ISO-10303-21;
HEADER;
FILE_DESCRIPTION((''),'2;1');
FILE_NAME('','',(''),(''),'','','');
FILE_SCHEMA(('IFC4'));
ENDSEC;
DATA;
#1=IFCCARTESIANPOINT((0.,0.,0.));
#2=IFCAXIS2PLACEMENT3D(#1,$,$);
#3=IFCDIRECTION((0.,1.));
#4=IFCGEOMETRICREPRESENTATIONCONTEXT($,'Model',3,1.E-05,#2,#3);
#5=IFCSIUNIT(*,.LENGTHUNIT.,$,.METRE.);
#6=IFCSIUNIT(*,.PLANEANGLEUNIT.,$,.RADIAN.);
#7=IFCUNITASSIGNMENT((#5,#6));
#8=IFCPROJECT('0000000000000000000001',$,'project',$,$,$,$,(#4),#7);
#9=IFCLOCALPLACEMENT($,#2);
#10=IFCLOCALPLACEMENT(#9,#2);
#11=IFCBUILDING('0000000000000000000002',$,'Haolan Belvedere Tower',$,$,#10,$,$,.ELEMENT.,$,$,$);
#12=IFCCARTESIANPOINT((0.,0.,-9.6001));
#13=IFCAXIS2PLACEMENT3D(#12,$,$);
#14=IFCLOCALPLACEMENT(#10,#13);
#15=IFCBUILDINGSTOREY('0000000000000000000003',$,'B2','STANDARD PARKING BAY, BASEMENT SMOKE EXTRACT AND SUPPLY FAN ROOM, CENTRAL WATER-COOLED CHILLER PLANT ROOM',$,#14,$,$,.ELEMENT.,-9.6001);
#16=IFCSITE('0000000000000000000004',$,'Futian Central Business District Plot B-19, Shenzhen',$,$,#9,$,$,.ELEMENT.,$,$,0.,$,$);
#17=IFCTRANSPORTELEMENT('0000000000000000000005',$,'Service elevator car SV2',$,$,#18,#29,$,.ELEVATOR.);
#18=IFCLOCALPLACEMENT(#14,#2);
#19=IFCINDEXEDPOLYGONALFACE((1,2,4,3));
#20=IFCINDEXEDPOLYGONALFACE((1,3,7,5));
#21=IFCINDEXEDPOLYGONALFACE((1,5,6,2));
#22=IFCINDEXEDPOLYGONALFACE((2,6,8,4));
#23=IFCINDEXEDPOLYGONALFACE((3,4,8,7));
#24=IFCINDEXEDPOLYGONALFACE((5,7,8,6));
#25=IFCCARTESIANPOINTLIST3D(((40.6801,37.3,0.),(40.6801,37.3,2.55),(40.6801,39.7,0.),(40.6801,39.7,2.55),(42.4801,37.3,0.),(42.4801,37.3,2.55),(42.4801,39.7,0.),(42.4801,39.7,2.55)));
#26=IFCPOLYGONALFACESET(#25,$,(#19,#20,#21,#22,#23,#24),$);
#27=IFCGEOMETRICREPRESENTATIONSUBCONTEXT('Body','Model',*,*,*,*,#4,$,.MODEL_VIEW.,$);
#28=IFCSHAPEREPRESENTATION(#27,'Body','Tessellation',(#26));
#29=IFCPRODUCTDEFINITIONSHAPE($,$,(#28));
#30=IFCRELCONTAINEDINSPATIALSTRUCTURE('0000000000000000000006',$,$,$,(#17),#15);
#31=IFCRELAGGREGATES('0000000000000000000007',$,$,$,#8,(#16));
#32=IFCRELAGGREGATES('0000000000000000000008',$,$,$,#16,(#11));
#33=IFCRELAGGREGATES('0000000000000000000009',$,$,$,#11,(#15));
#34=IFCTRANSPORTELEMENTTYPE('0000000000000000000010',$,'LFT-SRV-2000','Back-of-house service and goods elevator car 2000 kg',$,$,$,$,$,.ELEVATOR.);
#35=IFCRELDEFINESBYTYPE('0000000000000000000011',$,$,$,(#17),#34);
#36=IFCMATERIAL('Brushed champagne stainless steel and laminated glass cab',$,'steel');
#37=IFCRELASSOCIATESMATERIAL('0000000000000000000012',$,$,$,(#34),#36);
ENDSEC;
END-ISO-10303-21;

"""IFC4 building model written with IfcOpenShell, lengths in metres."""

from ifc_helpers import new_model, si_unit, direction, frame, origin, origin_2d, place, context, subcontext, project, spatial, rectangle, extrude, material, type_object, element, save


model = new_model("IFC4")

# Units and contexts
model_context = context("Model", 3, precision=1e-05, world=origin(), true_north=direction((0.0, 1.0)))
body_context = subcontext(model_context, "Body", "Model", "MODEL_VIEW")
ifc_project = project(units=[si_unit("LENGTHUNIT", "METRE"), si_unit("PLANEANGLEUNIT", "RADIAN")], contexts=[model_context])

# Site, building, storey
site_placement = place(None, origin())
site = spatial("IfcSite", under=ifc_project, at=site_placement, Name="Futian Central Business District Plot B-19, Shenzhen", CompositionType="ELEMENT", RefElevation=0.0)
building_placement = place(site_placement, origin())
building = spatial("IfcBuilding", under=site, at=building_placement, Name="Haolan Belvedere Tower", CompositionType="ELEMENT")
storey_placement = place(building_placement, frame((0.0, 0.0, -9.6001)))
storey = spatial("IfcBuildingStorey", under=building, at=storey_placement, Name="B2", Description="STANDARD PARKING BAY, BASEMENT SMOKE EXTRACT AND SUPPLY FAN ROOM, CENTRAL WATER-COOLED CHILLER PLANT ROOM", CompositionType="ELEMENT", Elevation=-9.6001)

# Transport element
ifc_material_1 = material(Name="Brushed champagne stainless steel and laminated glass cab", Category="steel")
transport_element_type_1 = type_object("IfcTransportElementType", Name="LFT-SRV-2000", Description="Back-of-house service and goods elevator car 2000 kg", PredefinedType="ELEVATOR", material=ifc_material_1)
for number, where, z_axis, x_axis, name in (
    (1, (41.5801, 38.5, 0.0), (0.0, 0.0, 1.0), (1.0, 0.0, 0.0), "Service elevator car SV2"),
):
    element("IfcTransportElement", number, at=place(storey_placement, frame(where, z_axis=z_axis, x_axis=x_axis)), inside=storey, type_object=transport_element_type_1, Name=name, PredefinedType="ELEVATOR", context=body_context, shape_type="SweptSolid", body=[
        extrude(rectangle(XDim=1.8, YDim=2.3999, at=origin_2d()), origin(), (0.0, 0.0, 1.0), 2.55),
    ])

save(model, "model.ifc")
